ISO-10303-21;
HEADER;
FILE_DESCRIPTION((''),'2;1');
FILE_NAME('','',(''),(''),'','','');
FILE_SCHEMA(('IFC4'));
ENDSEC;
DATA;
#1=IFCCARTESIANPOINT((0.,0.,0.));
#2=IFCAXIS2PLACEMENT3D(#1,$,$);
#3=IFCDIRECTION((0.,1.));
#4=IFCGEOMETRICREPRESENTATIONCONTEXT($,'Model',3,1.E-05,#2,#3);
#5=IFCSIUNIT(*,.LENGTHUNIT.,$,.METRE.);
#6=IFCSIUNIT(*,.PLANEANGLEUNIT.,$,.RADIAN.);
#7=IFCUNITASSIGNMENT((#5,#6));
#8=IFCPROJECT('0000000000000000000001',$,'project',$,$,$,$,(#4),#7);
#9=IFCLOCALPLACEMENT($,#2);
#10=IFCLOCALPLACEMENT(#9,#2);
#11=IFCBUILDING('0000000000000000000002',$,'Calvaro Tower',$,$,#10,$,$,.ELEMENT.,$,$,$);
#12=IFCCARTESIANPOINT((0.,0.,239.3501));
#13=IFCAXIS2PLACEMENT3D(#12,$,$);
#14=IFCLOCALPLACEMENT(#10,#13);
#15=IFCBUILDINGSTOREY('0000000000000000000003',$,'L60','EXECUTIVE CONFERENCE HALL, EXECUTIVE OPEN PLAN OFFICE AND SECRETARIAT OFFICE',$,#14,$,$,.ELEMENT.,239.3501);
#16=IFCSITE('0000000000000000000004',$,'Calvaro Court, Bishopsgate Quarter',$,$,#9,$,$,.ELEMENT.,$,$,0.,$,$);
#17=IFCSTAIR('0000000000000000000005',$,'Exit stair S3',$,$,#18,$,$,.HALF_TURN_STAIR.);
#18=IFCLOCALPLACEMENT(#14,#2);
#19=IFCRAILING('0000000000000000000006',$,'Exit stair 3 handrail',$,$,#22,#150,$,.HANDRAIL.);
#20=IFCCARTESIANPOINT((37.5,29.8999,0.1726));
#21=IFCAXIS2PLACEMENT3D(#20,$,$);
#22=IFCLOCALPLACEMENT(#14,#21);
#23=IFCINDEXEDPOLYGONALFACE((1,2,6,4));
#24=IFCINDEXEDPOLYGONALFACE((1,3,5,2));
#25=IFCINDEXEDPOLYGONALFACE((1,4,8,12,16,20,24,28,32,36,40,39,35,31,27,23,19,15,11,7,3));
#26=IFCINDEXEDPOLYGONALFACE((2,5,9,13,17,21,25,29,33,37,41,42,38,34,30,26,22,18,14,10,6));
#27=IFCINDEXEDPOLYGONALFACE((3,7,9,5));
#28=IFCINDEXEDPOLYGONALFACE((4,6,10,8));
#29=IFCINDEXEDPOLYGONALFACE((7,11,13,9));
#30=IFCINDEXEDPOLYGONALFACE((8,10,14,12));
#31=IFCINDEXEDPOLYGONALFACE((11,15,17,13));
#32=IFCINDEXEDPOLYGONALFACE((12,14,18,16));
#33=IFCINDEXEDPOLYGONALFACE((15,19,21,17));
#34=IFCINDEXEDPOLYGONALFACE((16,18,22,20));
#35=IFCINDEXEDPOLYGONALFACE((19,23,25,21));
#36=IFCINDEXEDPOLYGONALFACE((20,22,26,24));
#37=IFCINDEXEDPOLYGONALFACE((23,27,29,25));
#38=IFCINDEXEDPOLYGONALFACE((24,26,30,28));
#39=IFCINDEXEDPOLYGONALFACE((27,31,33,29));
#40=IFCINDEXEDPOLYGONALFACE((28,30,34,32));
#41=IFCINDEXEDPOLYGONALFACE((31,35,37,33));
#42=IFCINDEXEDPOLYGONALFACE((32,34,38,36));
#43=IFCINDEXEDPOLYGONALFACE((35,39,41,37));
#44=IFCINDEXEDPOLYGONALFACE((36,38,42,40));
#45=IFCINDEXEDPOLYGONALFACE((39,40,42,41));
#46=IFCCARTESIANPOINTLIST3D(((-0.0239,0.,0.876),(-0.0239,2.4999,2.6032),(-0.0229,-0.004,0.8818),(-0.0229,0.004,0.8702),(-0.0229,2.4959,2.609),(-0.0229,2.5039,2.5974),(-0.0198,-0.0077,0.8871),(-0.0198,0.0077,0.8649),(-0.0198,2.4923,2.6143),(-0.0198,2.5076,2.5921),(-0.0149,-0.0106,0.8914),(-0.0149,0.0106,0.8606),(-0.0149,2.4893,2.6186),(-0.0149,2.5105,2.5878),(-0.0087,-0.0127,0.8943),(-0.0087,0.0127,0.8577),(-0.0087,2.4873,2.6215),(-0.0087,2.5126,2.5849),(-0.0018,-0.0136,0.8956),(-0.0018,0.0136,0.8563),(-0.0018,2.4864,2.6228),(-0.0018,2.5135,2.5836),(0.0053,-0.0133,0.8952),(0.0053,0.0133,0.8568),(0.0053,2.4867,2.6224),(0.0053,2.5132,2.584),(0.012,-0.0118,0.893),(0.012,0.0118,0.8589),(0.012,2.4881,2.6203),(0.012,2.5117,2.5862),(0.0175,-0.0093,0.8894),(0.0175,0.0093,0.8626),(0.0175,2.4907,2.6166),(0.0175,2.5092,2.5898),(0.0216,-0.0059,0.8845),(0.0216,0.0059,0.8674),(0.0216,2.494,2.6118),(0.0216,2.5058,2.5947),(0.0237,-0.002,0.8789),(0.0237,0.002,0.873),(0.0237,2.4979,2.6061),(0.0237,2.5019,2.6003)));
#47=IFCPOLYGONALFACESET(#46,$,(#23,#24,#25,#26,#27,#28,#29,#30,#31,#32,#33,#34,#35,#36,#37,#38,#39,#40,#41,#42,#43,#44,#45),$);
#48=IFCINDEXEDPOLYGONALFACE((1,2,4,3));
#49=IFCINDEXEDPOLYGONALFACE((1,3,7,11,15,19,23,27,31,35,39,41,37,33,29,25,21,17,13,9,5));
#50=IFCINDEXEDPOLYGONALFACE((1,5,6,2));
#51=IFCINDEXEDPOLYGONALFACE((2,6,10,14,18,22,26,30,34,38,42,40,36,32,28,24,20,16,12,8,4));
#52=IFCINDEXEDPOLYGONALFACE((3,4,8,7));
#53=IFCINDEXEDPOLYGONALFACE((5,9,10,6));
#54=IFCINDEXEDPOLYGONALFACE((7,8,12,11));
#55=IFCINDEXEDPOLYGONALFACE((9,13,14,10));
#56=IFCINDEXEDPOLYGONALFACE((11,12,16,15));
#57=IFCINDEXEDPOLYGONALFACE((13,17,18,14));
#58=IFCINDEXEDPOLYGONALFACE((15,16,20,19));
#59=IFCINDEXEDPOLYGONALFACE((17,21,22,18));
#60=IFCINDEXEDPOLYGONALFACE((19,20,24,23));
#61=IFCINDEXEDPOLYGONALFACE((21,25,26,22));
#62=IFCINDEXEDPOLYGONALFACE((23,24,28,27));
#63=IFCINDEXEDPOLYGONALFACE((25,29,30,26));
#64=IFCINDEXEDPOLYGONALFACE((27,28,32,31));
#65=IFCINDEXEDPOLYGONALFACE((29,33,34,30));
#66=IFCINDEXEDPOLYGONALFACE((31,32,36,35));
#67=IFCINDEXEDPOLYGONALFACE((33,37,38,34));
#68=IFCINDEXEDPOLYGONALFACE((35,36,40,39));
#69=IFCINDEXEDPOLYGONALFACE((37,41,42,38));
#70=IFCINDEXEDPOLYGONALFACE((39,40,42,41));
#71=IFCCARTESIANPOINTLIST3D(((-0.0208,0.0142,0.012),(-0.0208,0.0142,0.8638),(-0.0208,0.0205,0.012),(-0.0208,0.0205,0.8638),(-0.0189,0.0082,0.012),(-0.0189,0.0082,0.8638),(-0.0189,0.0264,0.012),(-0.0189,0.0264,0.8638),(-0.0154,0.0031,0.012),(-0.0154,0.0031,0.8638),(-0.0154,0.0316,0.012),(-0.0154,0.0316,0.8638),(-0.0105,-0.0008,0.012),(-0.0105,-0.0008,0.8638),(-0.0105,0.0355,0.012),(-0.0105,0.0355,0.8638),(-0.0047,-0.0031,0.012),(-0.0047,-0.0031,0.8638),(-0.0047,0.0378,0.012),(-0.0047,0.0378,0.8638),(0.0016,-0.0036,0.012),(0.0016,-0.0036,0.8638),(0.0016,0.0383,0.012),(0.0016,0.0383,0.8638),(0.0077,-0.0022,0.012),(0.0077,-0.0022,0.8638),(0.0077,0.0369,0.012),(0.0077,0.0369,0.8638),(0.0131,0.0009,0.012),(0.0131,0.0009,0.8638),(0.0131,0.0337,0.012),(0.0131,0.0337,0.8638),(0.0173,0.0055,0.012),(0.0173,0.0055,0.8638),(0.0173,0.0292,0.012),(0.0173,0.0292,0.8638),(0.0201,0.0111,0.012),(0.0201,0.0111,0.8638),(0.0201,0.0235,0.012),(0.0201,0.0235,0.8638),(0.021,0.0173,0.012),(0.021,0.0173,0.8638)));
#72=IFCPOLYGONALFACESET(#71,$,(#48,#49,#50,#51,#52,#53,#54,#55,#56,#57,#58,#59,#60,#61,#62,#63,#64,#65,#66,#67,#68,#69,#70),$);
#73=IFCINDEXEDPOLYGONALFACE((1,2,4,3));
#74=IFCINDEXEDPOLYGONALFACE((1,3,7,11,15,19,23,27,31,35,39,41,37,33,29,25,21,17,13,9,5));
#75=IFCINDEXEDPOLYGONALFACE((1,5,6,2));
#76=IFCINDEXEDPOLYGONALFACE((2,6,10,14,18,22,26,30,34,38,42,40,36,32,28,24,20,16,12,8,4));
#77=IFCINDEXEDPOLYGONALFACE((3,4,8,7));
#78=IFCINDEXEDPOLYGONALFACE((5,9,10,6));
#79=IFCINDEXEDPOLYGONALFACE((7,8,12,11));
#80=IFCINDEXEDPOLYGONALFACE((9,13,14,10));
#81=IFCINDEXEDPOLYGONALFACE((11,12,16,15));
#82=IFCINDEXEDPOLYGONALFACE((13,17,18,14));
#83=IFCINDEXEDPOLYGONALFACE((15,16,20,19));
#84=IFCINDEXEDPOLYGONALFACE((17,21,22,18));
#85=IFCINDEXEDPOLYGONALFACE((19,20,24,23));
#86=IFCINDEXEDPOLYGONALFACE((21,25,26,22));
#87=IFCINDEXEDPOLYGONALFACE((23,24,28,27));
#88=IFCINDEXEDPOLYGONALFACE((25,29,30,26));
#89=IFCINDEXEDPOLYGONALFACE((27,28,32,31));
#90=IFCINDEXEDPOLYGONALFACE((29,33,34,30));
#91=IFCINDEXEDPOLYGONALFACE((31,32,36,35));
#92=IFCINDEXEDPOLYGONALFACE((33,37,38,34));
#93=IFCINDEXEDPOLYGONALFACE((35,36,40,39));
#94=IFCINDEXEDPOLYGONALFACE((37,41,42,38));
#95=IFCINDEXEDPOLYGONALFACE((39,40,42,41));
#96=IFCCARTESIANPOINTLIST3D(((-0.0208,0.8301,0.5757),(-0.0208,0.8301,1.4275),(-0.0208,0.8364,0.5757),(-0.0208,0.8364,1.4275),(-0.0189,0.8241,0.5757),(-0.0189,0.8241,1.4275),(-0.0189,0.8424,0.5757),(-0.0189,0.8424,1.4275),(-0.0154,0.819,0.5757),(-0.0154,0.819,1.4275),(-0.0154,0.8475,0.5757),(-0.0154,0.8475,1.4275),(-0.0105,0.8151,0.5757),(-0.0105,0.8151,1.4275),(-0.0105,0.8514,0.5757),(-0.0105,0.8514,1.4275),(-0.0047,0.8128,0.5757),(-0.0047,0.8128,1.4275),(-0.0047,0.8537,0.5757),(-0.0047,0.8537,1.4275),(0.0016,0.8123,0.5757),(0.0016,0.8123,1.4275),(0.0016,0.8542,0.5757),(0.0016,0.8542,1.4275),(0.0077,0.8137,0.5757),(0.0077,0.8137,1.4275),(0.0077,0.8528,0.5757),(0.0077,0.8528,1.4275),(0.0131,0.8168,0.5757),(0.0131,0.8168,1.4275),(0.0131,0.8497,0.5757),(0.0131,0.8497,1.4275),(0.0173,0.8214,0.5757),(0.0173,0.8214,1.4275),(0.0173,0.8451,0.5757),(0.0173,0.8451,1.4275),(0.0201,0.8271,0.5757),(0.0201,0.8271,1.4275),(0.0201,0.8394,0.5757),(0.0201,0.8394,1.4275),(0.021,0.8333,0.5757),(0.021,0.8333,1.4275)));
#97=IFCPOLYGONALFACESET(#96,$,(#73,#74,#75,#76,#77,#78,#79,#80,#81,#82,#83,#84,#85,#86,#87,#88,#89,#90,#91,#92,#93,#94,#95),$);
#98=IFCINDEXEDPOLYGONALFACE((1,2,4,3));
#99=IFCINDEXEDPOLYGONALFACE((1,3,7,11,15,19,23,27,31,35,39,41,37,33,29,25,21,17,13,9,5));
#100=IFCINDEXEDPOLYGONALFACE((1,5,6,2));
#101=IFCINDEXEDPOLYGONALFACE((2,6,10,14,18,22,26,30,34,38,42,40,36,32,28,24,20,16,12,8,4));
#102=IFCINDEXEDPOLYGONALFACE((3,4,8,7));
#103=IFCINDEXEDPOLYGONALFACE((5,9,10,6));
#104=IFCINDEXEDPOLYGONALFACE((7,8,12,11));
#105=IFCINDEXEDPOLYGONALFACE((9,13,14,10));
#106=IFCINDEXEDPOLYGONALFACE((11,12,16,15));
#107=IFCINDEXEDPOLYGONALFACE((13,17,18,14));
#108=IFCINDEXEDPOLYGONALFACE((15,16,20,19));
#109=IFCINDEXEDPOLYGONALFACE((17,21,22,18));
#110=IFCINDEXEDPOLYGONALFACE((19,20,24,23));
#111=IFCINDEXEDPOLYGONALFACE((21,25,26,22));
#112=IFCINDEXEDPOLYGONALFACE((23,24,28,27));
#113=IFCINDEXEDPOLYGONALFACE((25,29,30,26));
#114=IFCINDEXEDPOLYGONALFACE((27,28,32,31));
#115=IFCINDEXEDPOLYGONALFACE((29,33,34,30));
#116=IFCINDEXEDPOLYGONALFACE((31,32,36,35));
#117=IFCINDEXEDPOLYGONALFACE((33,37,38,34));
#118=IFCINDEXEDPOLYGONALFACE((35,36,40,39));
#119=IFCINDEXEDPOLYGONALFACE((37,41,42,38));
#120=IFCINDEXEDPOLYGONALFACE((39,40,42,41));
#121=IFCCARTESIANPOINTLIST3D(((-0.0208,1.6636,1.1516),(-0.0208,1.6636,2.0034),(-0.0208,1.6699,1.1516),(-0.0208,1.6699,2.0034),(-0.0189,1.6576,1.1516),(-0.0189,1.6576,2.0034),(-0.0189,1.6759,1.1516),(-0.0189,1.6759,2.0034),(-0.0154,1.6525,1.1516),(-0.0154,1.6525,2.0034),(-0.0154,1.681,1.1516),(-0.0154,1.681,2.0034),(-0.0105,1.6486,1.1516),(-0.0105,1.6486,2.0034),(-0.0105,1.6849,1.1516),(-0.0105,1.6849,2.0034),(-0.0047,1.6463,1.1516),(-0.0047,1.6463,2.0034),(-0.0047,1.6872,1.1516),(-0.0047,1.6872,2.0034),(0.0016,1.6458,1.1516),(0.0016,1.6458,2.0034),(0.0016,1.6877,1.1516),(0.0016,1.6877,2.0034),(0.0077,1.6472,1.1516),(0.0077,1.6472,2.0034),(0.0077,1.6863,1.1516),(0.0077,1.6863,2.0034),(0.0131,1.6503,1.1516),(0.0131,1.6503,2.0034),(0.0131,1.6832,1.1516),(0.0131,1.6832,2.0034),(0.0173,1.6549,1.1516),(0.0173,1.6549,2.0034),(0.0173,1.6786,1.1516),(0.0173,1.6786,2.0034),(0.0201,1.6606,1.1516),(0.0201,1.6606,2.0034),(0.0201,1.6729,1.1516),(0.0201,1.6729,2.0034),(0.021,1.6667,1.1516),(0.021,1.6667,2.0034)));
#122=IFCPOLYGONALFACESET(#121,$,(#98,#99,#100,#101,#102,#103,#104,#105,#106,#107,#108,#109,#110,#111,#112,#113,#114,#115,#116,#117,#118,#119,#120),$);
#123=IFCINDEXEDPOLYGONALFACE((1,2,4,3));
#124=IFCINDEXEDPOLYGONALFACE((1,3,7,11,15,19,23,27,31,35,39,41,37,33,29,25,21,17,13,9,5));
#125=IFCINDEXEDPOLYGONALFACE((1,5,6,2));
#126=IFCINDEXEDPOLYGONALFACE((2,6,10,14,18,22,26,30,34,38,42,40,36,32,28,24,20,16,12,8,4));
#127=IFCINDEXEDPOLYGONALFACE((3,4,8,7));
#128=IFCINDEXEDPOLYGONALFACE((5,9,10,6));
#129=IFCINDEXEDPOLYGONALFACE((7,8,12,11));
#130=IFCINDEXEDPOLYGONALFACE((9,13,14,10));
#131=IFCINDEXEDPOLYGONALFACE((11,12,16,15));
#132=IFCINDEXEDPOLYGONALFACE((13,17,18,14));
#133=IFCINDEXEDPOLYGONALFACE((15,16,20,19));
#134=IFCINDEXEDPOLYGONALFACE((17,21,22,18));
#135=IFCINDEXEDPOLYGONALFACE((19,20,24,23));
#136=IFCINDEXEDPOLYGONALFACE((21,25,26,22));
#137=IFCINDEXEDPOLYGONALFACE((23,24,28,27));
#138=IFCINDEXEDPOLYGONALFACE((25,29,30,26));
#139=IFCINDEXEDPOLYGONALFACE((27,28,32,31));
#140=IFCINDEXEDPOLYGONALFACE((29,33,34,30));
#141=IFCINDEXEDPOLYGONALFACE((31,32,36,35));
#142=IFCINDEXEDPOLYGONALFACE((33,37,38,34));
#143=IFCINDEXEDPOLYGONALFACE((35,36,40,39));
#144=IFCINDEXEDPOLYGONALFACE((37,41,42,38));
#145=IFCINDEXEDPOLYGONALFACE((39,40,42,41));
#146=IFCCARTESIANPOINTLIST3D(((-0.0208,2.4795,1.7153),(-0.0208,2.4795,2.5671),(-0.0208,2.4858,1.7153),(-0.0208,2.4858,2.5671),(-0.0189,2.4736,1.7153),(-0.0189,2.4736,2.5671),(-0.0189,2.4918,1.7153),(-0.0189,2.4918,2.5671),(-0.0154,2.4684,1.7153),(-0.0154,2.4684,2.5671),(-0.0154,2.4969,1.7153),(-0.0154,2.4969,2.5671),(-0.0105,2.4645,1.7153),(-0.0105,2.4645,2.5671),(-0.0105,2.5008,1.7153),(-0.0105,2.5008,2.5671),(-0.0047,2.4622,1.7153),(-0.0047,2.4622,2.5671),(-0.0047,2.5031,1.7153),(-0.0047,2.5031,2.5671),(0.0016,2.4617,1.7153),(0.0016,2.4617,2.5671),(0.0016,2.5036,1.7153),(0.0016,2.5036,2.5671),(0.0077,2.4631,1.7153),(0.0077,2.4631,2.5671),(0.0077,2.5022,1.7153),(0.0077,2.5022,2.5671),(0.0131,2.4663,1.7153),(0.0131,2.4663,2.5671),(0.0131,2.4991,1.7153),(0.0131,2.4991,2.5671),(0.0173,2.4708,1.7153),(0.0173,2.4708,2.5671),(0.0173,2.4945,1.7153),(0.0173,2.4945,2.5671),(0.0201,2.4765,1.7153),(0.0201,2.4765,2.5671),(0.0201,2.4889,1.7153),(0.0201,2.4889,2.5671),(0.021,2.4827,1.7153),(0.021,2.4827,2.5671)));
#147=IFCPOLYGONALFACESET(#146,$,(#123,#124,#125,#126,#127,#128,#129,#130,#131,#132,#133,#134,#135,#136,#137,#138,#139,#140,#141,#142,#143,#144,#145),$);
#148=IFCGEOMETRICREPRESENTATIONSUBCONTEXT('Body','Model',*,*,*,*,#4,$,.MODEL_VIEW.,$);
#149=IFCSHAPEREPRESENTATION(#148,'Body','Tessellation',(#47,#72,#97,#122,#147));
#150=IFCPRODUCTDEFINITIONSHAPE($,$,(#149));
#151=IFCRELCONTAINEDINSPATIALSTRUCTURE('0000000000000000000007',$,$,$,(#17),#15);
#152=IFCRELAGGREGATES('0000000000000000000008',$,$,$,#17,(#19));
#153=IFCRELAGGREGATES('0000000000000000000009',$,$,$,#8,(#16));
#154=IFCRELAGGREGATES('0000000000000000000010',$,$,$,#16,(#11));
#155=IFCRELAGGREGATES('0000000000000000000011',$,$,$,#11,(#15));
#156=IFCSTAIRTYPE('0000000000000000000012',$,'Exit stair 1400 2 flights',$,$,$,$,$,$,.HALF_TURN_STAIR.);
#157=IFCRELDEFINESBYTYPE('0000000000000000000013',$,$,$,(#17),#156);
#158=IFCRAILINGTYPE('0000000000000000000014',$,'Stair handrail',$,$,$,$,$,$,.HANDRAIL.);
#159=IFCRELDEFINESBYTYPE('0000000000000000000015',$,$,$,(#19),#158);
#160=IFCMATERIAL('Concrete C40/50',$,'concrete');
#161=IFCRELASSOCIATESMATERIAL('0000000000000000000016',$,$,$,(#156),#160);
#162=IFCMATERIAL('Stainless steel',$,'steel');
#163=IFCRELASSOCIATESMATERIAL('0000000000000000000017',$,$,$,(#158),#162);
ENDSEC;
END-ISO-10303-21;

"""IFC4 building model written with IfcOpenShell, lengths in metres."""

from ifc_helpers import new_model, si_unit, direction, frame, origin, origin_2d, place, context, subcontext, project, spatial, circle, extrude, material, type_object, element, aggregate, save


model = new_model("IFC4")

# Units and contexts
model_context = context("Model", 3, precision=1e-05, world=origin(), true_north=direction((0.0, 1.0)))
body_context = subcontext(model_context, "Body", "Model", "MODEL_VIEW")
ifc_project = project(units=[si_unit("LENGTHUNIT", "METRE"), si_unit("PLANEANGLEUNIT", "RADIAN")], contexts=[model_context])

# Site, building, storey
site_placement = place(None, origin())
site = spatial("IfcSite", under=ifc_project, at=site_placement, Name="Calvaro Court, Bishopsgate Quarter", CompositionType="ELEMENT", RefElevation=0.0)
building_placement = place(site_placement, origin())
building = spatial("IfcBuilding", under=site, at=building_placement, Name="Calvaro Tower", CompositionType="ELEMENT")
storey_placement = place(building_placement, frame((0.0, 0.0, 239.3501)))
storey = spatial("IfcBuildingStorey", under=building, at=storey_placement, Name="L60", Description="EXECUTIVE CONFERENCE HALL, EXECUTIVE OPEN PLAN OFFICE AND SECRETARIAT OFFICE", CompositionType="ELEMENT", Elevation=239.3501)

# Stair
ifc_material_1 = material(Name="Concrete C40/50", Category="concrete")
stair_type = type_object("IfcStairType", Name="Exit stair 1400 2 flights", PredefinedType="HALF_TURN_STAIR", material=ifc_material_1)
stair_1_placement = place(storey_placement, origin())
stair_1 = element("IfcStair", 1, at=stair_1_placement, inside=storey, type_object=stair_type, Name="Exit stair S3", PredefinedType="HALF_TURN_STAIR")

# Railing
ifc_material_2 = material(Name="Stainless steel", Category="steel")
railing_type = type_object("IfcRailingType", Name="Stair handrail", PredefinedType="HANDRAIL", material=ifc_material_2)
railing_1_placement = place(storey_placement, frame((37.5, 29.8999, 0.1726)))
railing_1 = element("IfcRailing", 2, at=railing_1_placement, type_object=railing_type, Name="Exit stair 3 handrail", PredefinedType="HANDRAIL", context=body_context, shape_type="SweptSolid", body=[
    extrude(circle(Radius=0.0239, at=origin_2d()), frame((0.0, 0.0, 0.876), z_axis=(0.0, 0.822727, 0.568437), x_axis=(-1.0, 0.0, 0.0)), (0.0, 0.0, 1.0), 3.0386),
    extrude(circle(Radius=0.021, at=origin_2d()), frame((0.0, 0.0173, 0.012)), (0.0, 0.0, 1.0), 0.8518),
    extrude(circle(Radius=0.021, at=origin_2d()), frame((0.0, 0.8333, 0.5757)), (0.0, 0.0, 1.0), 0.8518),
    extrude(circle(Radius=0.021, at=origin_2d()), frame((0.0, 1.6667, 1.1516)), (0.0, 0.0, 1.0), 0.8518),
    extrude(circle(Radius=0.021, at=origin_2d()), frame((0.0, 2.4827, 1.7153)), (0.0, 0.0, 1.0), 0.8518),
])
aggregate(stair_1, [railing_1])

save(model, "model.ifc")
